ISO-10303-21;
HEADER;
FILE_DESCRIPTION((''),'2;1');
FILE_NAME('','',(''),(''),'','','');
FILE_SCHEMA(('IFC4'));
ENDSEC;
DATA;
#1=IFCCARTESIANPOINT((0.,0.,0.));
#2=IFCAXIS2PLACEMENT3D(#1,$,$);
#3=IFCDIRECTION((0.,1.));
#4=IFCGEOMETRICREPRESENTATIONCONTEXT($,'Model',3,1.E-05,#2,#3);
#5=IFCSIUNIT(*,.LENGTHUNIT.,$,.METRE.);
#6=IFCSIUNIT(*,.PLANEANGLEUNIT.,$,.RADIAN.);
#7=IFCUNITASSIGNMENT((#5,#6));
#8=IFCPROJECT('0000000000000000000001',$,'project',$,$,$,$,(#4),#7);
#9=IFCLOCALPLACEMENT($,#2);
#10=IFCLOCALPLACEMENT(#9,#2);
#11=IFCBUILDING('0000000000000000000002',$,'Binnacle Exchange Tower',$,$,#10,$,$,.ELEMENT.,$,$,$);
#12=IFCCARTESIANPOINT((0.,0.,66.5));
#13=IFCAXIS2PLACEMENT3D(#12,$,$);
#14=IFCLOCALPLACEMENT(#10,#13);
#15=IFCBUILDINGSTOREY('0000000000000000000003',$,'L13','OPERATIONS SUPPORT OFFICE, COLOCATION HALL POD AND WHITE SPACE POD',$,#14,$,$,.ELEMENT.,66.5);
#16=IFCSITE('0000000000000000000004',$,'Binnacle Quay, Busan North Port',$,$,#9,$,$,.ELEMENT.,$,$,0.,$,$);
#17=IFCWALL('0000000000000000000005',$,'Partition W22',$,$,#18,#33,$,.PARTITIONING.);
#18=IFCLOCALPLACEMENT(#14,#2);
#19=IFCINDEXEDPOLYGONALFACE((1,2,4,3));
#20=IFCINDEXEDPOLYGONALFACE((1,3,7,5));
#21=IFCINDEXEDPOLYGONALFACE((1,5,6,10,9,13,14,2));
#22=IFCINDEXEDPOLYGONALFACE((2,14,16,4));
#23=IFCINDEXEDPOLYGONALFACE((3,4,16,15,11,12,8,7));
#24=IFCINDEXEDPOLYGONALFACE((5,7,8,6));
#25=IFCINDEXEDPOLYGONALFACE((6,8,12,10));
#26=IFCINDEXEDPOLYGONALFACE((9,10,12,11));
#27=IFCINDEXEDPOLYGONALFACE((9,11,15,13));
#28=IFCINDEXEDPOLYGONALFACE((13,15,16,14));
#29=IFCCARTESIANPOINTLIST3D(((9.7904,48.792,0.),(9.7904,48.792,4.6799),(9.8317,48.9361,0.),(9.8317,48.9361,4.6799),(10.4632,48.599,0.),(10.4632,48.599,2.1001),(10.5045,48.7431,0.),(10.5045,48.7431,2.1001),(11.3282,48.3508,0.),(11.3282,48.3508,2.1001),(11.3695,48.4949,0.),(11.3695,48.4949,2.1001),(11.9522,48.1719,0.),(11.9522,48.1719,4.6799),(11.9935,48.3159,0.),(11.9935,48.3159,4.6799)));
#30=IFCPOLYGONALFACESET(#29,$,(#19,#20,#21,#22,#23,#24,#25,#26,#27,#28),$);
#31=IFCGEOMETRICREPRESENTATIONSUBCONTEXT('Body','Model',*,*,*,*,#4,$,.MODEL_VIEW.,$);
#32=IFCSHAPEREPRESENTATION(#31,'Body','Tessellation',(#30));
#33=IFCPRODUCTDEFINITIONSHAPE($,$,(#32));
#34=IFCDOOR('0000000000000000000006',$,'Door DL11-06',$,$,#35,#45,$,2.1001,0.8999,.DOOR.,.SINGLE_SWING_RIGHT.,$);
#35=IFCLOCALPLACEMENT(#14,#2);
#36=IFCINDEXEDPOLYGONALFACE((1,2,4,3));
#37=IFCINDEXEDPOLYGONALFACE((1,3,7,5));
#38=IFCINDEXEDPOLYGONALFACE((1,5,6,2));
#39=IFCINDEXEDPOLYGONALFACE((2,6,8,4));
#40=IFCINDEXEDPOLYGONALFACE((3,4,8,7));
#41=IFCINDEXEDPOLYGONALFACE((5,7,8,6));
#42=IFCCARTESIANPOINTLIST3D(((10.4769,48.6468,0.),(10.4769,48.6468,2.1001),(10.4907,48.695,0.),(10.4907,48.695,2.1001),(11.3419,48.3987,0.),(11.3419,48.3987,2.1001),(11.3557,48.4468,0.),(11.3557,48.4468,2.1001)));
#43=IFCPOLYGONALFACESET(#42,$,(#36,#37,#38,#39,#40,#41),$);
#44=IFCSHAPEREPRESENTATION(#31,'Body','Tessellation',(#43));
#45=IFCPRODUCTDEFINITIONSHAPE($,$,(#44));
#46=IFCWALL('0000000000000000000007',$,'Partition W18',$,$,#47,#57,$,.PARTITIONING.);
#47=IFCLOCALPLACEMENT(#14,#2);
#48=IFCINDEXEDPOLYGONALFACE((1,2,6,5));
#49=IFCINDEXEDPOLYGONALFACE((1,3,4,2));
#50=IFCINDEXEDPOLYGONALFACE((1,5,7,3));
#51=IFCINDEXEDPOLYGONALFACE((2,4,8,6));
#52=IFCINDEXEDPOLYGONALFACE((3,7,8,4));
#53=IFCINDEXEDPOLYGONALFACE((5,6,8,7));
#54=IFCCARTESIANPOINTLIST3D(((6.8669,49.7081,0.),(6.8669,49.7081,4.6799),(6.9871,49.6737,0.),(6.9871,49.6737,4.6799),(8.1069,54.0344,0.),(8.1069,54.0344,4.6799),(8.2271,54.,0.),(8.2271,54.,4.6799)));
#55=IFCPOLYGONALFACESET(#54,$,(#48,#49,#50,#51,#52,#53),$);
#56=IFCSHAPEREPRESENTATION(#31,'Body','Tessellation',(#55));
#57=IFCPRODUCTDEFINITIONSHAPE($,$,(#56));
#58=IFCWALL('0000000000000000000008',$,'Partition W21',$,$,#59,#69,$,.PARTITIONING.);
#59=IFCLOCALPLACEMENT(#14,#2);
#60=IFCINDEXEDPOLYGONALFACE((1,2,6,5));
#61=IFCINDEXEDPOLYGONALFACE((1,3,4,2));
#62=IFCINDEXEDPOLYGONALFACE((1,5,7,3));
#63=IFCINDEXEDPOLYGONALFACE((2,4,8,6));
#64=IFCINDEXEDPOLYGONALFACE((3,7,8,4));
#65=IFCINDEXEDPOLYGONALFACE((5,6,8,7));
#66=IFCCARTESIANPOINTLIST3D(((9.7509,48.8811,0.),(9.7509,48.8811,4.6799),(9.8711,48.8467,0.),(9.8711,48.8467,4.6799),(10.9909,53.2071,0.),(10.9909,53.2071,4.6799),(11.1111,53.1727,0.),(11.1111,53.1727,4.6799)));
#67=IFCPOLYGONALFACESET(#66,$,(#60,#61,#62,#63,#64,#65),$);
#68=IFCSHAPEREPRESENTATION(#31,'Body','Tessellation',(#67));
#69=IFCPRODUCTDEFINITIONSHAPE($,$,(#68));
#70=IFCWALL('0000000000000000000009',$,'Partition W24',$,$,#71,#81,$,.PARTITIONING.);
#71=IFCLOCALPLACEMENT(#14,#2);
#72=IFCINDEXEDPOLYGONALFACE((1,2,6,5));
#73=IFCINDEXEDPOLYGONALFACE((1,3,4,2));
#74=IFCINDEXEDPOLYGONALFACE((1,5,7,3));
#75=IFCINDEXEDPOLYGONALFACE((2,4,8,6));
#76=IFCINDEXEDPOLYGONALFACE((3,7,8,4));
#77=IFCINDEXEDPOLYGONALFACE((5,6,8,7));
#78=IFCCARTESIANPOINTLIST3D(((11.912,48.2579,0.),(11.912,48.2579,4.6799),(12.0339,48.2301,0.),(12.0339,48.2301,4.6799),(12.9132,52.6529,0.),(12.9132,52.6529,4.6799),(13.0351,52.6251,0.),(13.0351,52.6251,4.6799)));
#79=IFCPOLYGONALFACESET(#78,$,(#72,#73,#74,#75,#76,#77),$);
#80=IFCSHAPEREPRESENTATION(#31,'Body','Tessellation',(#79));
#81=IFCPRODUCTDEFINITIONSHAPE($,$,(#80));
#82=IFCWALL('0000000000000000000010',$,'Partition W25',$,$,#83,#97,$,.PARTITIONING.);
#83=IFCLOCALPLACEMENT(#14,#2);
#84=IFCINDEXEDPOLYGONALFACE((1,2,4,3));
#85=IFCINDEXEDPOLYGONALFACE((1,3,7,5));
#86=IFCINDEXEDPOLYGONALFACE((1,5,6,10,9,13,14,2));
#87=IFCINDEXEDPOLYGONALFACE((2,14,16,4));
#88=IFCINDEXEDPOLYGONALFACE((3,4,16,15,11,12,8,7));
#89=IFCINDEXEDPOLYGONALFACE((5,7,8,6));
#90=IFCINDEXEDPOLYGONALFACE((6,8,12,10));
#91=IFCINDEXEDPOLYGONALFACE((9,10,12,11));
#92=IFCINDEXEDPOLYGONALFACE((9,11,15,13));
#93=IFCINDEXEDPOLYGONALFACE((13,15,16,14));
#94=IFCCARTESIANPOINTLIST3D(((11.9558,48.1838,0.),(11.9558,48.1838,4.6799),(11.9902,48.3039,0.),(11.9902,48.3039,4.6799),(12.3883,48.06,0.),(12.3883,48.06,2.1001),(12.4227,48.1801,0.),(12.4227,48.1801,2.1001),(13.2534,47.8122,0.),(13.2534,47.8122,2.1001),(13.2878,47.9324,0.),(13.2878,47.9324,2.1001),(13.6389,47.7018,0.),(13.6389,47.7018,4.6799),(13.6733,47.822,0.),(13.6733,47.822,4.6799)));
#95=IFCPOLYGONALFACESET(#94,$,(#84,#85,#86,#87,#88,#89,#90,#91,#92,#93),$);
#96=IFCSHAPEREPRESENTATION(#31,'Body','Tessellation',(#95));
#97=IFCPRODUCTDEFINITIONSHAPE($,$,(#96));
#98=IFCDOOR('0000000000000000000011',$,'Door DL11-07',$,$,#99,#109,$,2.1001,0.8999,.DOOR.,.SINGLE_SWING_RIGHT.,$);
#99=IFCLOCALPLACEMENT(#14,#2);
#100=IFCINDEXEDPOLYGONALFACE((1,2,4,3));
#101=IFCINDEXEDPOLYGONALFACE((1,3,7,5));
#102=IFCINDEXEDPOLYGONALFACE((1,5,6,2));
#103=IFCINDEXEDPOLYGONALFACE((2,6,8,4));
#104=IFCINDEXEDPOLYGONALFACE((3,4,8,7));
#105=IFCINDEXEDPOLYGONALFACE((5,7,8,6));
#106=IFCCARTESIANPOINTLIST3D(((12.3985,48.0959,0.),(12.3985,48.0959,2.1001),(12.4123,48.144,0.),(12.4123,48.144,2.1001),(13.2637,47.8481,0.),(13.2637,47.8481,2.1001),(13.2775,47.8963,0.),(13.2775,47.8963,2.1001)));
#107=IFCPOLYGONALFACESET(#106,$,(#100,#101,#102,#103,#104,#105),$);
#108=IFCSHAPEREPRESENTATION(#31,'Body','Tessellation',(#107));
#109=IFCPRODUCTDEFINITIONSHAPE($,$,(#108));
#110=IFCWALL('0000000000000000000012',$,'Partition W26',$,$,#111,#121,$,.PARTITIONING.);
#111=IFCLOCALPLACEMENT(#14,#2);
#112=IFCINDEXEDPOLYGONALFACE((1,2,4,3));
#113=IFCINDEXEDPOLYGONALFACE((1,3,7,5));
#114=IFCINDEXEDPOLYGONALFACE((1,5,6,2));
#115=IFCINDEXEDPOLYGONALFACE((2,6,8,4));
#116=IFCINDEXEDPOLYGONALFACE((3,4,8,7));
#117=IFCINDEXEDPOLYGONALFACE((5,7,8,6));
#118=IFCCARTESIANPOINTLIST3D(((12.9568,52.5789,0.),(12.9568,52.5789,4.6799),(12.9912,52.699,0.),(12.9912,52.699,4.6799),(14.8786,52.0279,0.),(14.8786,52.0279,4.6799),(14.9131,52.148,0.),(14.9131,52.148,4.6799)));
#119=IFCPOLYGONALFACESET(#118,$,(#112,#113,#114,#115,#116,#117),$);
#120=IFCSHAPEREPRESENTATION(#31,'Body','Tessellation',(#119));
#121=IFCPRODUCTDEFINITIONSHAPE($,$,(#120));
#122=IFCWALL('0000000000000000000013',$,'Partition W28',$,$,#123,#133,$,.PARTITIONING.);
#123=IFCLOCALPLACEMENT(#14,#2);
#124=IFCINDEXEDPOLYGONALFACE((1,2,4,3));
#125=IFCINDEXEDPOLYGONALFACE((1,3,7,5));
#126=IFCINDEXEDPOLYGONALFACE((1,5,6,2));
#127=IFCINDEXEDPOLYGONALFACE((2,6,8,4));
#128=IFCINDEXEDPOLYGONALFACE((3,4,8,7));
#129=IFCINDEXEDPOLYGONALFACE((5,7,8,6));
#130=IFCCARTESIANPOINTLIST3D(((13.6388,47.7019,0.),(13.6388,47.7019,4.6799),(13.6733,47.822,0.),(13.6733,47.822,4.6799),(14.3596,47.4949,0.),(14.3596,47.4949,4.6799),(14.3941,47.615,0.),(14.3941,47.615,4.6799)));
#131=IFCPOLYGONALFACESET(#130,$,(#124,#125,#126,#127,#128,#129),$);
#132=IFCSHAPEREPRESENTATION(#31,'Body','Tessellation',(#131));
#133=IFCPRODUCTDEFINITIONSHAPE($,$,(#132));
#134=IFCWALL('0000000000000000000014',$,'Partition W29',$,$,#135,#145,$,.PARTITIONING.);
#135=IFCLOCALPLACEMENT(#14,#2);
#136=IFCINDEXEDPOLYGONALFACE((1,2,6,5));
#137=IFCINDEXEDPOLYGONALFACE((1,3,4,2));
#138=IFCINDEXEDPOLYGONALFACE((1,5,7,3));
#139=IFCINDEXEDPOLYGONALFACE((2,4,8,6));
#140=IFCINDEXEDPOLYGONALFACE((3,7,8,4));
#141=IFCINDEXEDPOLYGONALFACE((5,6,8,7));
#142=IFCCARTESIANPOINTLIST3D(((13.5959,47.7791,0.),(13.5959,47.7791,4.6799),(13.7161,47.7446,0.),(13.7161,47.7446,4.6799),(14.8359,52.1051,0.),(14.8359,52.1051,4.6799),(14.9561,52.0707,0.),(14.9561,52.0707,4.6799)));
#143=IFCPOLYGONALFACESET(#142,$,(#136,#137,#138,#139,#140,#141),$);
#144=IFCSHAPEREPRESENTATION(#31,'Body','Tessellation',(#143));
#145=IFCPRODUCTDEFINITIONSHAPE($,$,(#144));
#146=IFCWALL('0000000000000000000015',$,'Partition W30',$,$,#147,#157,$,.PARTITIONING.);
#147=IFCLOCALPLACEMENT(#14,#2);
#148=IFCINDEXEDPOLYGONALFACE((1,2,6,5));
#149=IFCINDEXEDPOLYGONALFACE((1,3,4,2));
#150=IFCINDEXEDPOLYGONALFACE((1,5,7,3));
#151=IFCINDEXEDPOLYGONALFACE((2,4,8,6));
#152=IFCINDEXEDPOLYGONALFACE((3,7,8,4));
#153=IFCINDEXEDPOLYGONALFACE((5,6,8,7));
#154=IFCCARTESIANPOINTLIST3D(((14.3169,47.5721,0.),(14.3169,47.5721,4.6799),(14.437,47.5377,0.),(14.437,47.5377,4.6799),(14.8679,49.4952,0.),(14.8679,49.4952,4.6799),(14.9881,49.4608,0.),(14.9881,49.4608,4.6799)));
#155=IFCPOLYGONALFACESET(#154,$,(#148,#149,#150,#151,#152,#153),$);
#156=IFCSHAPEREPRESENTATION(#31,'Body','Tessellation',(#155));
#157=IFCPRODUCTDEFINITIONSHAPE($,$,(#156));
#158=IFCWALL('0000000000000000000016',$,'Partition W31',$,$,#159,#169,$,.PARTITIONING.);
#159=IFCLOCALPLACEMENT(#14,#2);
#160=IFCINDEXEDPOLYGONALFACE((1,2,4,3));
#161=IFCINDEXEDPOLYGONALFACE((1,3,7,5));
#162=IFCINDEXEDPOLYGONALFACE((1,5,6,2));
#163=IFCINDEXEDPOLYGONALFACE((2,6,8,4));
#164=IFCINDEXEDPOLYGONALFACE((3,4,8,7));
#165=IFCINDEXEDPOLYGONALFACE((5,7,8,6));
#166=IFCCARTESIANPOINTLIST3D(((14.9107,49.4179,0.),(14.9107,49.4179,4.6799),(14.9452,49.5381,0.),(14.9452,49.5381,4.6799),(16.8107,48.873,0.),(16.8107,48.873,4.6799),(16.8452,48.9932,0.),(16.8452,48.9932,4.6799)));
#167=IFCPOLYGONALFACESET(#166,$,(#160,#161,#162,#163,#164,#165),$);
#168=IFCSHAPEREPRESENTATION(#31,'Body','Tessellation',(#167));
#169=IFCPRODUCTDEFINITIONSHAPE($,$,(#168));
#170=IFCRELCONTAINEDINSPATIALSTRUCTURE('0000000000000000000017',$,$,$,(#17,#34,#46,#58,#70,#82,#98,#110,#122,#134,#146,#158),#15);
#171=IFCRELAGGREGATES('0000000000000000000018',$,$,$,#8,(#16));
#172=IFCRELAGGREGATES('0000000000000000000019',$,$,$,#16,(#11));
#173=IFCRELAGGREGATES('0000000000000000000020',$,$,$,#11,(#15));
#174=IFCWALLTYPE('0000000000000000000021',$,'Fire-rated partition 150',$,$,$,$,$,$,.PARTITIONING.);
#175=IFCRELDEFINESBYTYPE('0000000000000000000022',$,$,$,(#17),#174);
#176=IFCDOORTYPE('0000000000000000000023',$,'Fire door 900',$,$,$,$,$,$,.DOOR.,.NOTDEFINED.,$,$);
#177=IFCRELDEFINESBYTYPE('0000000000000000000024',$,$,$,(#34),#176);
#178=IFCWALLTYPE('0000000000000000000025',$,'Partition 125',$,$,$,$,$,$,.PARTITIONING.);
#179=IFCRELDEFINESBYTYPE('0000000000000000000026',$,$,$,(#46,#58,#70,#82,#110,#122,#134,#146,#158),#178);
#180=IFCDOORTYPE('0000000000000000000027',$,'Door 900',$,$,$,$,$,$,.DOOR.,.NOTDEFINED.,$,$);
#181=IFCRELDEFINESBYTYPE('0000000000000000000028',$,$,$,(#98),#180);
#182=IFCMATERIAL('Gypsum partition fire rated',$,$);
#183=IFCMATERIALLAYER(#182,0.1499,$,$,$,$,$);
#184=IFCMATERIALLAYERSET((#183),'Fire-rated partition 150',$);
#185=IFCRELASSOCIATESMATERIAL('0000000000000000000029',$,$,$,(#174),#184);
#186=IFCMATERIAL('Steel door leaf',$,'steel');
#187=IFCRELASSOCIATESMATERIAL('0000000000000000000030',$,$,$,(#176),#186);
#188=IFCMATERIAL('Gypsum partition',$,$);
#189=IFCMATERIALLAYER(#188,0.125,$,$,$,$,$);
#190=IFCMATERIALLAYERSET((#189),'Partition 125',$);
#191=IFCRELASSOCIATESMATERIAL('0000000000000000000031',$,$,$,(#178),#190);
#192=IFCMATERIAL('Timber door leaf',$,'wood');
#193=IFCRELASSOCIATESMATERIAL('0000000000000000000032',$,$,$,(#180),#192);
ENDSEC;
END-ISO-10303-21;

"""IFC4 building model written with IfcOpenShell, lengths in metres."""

from ifc_helpers import new_model, si_unit, direction, frame, frame_2d, origin, place, context, subcontext, project, spatial, rectangle, extrude, material, layer, layer_set, type_object, element, fill, save


model = new_model("IFC4")

# Units and contexts
model_context = context("Model", 3, precision=1e-05, world=origin(), true_north=direction((0.0, 1.0)))
body_context = subcontext(model_context, "Body", "Model", "MODEL_VIEW")
ifc_project = project(units=[si_unit("LENGTHUNIT", "METRE"), si_unit("PLANEANGLEUNIT", "RADIAN")], contexts=[model_context])

# Site, building, storey
site_placement = place(None, origin())
site = spatial("IfcSite", under=ifc_project, at=site_placement, Name="Binnacle Quay, Busan North Port", CompositionType="ELEMENT", RefElevation=0.0)
building_placement = place(site_placement, origin())
building = spatial("IfcBuilding", under=site, at=building_placement, Name="Binnacle Exchange Tower", CompositionType="ELEMENT")
storey_placement = place(building_placement, frame((0.0, 0.0, 66.5)))
storey = spatial("IfcBuildingStorey", under=building, at=storey_placement, Name="L13", Description="OPERATIONS SUPPORT OFFICE, COLOCATION HALL POD AND WHITE SPACE POD", CompositionType="ELEMENT", Elevation=66.5)

# Shared definitions
ifc_material_1 = material(Name="Steel door leaf", Category="steel")

# Wall, opening, door
ifc_material_2 = material(Name="Gypsum partition fire rated")
ifc_layer_1 = layer(ifc_material_2, 0.1499)
ifc_layer_set_1 = layer_set([ifc_layer_1], Name="Fire-rated partition 150")
wall_type_1 = type_object("IfcWallType", Name="Fire-rated partition 150", PredefinedType="PARTITIONING", material=ifc_layer_set_1)
door_type_1 = type_object("IfcDoorType", Name="Fire door 900", OperationType="NOTDEFINED", PredefinedType="DOOR", material=ifc_material_1)
wall_1_placement = place(storey_placement, frame((9.811, 48.864, 0.0), z_axis=(0.0, 0.0, 1.0), x_axis=(0.961237, -0.275725, 0.0)))
wall_1 = element("IfcWall", 1, at=wall_1_placement, inside=storey, type_object=wall_type_1, Name="Partition W22", PredefinedType="PARTITIONING", context=body_context, shape_type="SweptSolid", body=[
    extrude(rectangle(XDim=2.249, YDim=0.1499, at=frame_2d((1.1245, 0.0))), origin(), (0.0, 0.0, 1.0), 4.6799),
])
opening_1_placement = place(wall_1_placement, frame((0.7, 0.0, 0.0)))
opening_1 = element("IfcOpeningElement", 2, at=opening_1_placement, cuts=wall_1, PredefinedType="OPENING", context=body_context, shape_type="SweptSolid", body=[
    extrude(rectangle(XDim=0.8999, YDim=2.1001, at=frame_2d((0.45, 1.05))), frame((0.0, 0.085, 0.0), z_axis=(0.0, -1.0, 0.0), x_axis=(1.0, 0.0, 0.0)), (0.0, 0.0, 1.0), 0.1699),
])
door_1_placement = place(opening_1_placement, origin())
door_1 = element("IfcDoor", 3, at=door_1_placement, inside=storey, type_object=door_type_1, Name="Door DL11-06", OperationType="SINGLE_SWING_RIGHT", OverallHeight=2.1001, OverallWidth=0.8999, PredefinedType="DOOR", context=body_context, shape_type="SweptSolid", body=[
    extrude(rectangle(XDim=0.8999, YDim=2.1001, at=frame_2d((0.45, 1.05))), frame((0.0, 0.0249, 0.0), z_axis=(0.0, -1.0, 0.0), x_axis=(1.0, 0.0, 0.0)), (0.0, 0.0, 1.0), 0.05),
])
fill(opening_1, door_1)

# Walls
ifc_material_3 = material(Name="Gypsum partition")
ifc_layer_2 = layer(ifc_material_3, 0.125)
ifc_layer_set_2 = layer_set([ifc_layer_2], Name="Partition 125")
wall_type_2 = type_object("IfcWallType", Name="Partition 125", PredefinedType="PARTITIONING", material=ifc_layer_set_2)
wall_2_placement = place(storey_placement, frame((6.927, 49.6909, 0.0), z_axis=(0.0, 0.0, 1.0), x_axis=(0.275531, 0.961292, 0.0)))
element("IfcWall", 4, at=wall_2_placement, inside=storey, type_object=wall_type_2, Name="Partition W18", PredefinedType="PARTITIONING", context=body_context, shape_type="SweptSolid", body=[
    extrude(rectangle(XDim=4.5005, YDim=0.125, at=frame_2d((2.2502, 0.0))), origin(), (0.0, 0.0, 1.0), 4.6799),
])
wall_3_placement = place(storey_placement, frame((9.811, 48.864, 0.0), z_axis=(0.0, 0.0, 1.0), x_axis=(0.275545, 0.961288, 0.0)))
element("IfcWall", 5, at=wall_3_placement, inside=storey, type_object=wall_type_2, Name="Partition W21", PredefinedType="PARTITIONING", context=body_context, shape_type="SweptSolid", body=[
    extrude(rectangle(XDim=4.5002, YDim=0.125, at=frame_2d((2.25, 0.0))), origin(), (0.0, 0.0, 1.0), 4.6799),
])
wall_4_placement = place(storey_placement, frame((11.9729, 48.2439, 0.0), z_axis=(0.0, 0.0, 1.0), x_axis=(0.222117, 0.97502, 0.0)))
element("IfcWall", 6, at=wall_4_placement, inside=storey, type_object=wall_type_2, Name="Partition W24", PredefinedType="PARTITIONING", context=body_context, shape_type="SweptSolid", body=[
    extrude(rectangle(XDim=4.5076, YDim=0.125, at=frame_2d((2.2539, 0.0))), origin(), (0.0, 0.0, 1.0), 4.6799),
])

# Wall, opening, door
wall_5_placement = place(storey_placement, frame((11.9729, 48.2439, 0.0), z_axis=(0.0, 0.0, 1.0), x_axis=(0.961366, -0.275274, 0.0)))
wall_5 = element("IfcWall", 7, at=wall_5_placement, inside=storey, type_object=wall_type_2, Name="Partition W25", PredefinedType="PARTITIONING", context=body_context, shape_type="SweptSolid", body=[
    extrude(rectangle(XDim=1.7507, YDim=0.125, at=frame_2d((0.8755, 0.0))), origin(), (0.0, 0.0, 1.0), 4.6799),
])
opening_2_placement = place(wall_5_placement, frame((0.45, 0.0, 0.0)))
opening_2 = element("IfcOpeningElement", 8, at=opening_2_placement, cuts=wall_5, PredefinedType="OPENING", context=body_context, shape_type="SweptSolid", body=[
    extrude(rectangle(XDim=0.8999, YDim=2.1001, at=frame_2d((0.45, 1.05))), frame((0.0, 0.0725, 0.0), z_axis=(0.0, -1.0, 0.0), x_axis=(1.0, 0.0, 0.0)), (0.0, 0.0, 1.0), 0.145),
])
ifc_material_4 = material(Name="Timber door leaf", Category="wood")
door_type_2 = type_object("IfcDoorType", Name="Door 900", OperationType="NOTDEFINED", PredefinedType="DOOR", material=ifc_material_4)
door_2_placement = place(opening_2_placement, origin())
door_2 = element("IfcDoor", 9, at=door_2_placement, inside=storey, type_object=door_type_2, Name="Door DL11-07", OperationType="SINGLE_SWING_RIGHT", OverallHeight=2.1001, OverallWidth=0.8999, PredefinedType="DOOR", context=body_context, shape_type="SweptSolid", body=[
    extrude(rectangle(XDim=0.8999, YDim=2.1001, at=frame_2d((0.45, 1.05))), frame((0.0, 0.0249, 0.0), z_axis=(0.0, -1.0, 0.0), x_axis=(1.0, 0.0, 0.0)), (0.0, 0.0, 1.0), 0.05),
])
fill(opening_2, door_2)

# Walls
wall_6_placement = place(storey_placement, frame((12.9741, 52.6389, 0.0), z_axis=(0.0, 0.0, 1.0), x_axis=(0.96127, -0.275608, 0.0)))
element("IfcWall", 10, at=wall_6_placement, inside=storey, type_object=wall_type_2, Name="Partition W26", PredefinedType="PARTITIONING", context=body_context, shape_type="SweptSolid", body=[
    extrude(rectangle(XDim=1.9993, YDim=0.125, at=frame_2d((0.9995, 0.0))), origin(), (0.0, 0.0, 1.0), 4.6799),
])
wall_7_placement = place(storey_placement, frame((13.656, 47.762, 0.0), z_axis=(0.0, 0.0, 1.0), x_axis=(0.961155, -0.276011, 0.0)))
element("IfcWall", 11, at=wall_7_placement, inside=storey, type_object=wall_type_2, Name="Partition W28", PredefinedType="PARTITIONING", context=body_context, shape_type="SweptSolid", body=[
    extrude(rectangle(XDim=0.75, YDim=0.125, at=frame_2d((0.375, 0.0))), origin(), (0.0, 0.0, 1.0), 4.6799),
])
wall_8_placement = place(storey_placement, frame((13.656, 47.762, 0.0), z_axis=(0.0, 0.0, 1.0), x_axis=(0.275545, 0.961288, 0.0)))
element("IfcWall", 12, at=wall_8_placement, inside=storey, type_object=wall_type_2, Name="Partition W29", PredefinedType="PARTITIONING", context=body_context, shape_type="SweptSolid", body=[
    extrude(rectangle(XDim=4.5002, YDim=0.125, at=frame_2d((2.25, 0.0))), origin(), (0.0, 0.0, 1.0), 4.6799),
])
wall_9_placement = place(storey_placement, frame((14.377, 47.5549, 0.0), z_axis=(0.0, 0.0, 1.0), x_axis=(0.275446, 0.961316, 0.0)))
element("IfcWall", 13, at=wall_9_placement, inside=storey, type_object=wall_type_2, Name="Partition W30", PredefinedType="PARTITIONING", context=body_context, shape_type="SweptSolid", body=[
    extrude(rectangle(XDim=2.0005, YDim=0.125, at=frame_2d((1.0002, 0.0))), origin(), (0.0, 0.0, 1.0), 4.6799),
])
wall_10_placement = place(storey_placement, frame((14.928, 49.478, 0.0), z_axis=(0.0, 0.0, 1.0), x_axis=(0.961244, -0.2757, 0.0)))
element("IfcWall", 14, at=wall_10_placement, inside=storey, type_object=wall_type_2, Name="Partition W31", PredefinedType="PARTITIONING", context=body_context, shape_type="SweptSolid", body=[
    extrude(rectangle(XDim=1.9766, YDim=0.125, at=frame_2d((0.9883, 0.0))), origin(), (0.0, 0.0, 1.0), 4.6799),
])

save(model, "model.ifc")
